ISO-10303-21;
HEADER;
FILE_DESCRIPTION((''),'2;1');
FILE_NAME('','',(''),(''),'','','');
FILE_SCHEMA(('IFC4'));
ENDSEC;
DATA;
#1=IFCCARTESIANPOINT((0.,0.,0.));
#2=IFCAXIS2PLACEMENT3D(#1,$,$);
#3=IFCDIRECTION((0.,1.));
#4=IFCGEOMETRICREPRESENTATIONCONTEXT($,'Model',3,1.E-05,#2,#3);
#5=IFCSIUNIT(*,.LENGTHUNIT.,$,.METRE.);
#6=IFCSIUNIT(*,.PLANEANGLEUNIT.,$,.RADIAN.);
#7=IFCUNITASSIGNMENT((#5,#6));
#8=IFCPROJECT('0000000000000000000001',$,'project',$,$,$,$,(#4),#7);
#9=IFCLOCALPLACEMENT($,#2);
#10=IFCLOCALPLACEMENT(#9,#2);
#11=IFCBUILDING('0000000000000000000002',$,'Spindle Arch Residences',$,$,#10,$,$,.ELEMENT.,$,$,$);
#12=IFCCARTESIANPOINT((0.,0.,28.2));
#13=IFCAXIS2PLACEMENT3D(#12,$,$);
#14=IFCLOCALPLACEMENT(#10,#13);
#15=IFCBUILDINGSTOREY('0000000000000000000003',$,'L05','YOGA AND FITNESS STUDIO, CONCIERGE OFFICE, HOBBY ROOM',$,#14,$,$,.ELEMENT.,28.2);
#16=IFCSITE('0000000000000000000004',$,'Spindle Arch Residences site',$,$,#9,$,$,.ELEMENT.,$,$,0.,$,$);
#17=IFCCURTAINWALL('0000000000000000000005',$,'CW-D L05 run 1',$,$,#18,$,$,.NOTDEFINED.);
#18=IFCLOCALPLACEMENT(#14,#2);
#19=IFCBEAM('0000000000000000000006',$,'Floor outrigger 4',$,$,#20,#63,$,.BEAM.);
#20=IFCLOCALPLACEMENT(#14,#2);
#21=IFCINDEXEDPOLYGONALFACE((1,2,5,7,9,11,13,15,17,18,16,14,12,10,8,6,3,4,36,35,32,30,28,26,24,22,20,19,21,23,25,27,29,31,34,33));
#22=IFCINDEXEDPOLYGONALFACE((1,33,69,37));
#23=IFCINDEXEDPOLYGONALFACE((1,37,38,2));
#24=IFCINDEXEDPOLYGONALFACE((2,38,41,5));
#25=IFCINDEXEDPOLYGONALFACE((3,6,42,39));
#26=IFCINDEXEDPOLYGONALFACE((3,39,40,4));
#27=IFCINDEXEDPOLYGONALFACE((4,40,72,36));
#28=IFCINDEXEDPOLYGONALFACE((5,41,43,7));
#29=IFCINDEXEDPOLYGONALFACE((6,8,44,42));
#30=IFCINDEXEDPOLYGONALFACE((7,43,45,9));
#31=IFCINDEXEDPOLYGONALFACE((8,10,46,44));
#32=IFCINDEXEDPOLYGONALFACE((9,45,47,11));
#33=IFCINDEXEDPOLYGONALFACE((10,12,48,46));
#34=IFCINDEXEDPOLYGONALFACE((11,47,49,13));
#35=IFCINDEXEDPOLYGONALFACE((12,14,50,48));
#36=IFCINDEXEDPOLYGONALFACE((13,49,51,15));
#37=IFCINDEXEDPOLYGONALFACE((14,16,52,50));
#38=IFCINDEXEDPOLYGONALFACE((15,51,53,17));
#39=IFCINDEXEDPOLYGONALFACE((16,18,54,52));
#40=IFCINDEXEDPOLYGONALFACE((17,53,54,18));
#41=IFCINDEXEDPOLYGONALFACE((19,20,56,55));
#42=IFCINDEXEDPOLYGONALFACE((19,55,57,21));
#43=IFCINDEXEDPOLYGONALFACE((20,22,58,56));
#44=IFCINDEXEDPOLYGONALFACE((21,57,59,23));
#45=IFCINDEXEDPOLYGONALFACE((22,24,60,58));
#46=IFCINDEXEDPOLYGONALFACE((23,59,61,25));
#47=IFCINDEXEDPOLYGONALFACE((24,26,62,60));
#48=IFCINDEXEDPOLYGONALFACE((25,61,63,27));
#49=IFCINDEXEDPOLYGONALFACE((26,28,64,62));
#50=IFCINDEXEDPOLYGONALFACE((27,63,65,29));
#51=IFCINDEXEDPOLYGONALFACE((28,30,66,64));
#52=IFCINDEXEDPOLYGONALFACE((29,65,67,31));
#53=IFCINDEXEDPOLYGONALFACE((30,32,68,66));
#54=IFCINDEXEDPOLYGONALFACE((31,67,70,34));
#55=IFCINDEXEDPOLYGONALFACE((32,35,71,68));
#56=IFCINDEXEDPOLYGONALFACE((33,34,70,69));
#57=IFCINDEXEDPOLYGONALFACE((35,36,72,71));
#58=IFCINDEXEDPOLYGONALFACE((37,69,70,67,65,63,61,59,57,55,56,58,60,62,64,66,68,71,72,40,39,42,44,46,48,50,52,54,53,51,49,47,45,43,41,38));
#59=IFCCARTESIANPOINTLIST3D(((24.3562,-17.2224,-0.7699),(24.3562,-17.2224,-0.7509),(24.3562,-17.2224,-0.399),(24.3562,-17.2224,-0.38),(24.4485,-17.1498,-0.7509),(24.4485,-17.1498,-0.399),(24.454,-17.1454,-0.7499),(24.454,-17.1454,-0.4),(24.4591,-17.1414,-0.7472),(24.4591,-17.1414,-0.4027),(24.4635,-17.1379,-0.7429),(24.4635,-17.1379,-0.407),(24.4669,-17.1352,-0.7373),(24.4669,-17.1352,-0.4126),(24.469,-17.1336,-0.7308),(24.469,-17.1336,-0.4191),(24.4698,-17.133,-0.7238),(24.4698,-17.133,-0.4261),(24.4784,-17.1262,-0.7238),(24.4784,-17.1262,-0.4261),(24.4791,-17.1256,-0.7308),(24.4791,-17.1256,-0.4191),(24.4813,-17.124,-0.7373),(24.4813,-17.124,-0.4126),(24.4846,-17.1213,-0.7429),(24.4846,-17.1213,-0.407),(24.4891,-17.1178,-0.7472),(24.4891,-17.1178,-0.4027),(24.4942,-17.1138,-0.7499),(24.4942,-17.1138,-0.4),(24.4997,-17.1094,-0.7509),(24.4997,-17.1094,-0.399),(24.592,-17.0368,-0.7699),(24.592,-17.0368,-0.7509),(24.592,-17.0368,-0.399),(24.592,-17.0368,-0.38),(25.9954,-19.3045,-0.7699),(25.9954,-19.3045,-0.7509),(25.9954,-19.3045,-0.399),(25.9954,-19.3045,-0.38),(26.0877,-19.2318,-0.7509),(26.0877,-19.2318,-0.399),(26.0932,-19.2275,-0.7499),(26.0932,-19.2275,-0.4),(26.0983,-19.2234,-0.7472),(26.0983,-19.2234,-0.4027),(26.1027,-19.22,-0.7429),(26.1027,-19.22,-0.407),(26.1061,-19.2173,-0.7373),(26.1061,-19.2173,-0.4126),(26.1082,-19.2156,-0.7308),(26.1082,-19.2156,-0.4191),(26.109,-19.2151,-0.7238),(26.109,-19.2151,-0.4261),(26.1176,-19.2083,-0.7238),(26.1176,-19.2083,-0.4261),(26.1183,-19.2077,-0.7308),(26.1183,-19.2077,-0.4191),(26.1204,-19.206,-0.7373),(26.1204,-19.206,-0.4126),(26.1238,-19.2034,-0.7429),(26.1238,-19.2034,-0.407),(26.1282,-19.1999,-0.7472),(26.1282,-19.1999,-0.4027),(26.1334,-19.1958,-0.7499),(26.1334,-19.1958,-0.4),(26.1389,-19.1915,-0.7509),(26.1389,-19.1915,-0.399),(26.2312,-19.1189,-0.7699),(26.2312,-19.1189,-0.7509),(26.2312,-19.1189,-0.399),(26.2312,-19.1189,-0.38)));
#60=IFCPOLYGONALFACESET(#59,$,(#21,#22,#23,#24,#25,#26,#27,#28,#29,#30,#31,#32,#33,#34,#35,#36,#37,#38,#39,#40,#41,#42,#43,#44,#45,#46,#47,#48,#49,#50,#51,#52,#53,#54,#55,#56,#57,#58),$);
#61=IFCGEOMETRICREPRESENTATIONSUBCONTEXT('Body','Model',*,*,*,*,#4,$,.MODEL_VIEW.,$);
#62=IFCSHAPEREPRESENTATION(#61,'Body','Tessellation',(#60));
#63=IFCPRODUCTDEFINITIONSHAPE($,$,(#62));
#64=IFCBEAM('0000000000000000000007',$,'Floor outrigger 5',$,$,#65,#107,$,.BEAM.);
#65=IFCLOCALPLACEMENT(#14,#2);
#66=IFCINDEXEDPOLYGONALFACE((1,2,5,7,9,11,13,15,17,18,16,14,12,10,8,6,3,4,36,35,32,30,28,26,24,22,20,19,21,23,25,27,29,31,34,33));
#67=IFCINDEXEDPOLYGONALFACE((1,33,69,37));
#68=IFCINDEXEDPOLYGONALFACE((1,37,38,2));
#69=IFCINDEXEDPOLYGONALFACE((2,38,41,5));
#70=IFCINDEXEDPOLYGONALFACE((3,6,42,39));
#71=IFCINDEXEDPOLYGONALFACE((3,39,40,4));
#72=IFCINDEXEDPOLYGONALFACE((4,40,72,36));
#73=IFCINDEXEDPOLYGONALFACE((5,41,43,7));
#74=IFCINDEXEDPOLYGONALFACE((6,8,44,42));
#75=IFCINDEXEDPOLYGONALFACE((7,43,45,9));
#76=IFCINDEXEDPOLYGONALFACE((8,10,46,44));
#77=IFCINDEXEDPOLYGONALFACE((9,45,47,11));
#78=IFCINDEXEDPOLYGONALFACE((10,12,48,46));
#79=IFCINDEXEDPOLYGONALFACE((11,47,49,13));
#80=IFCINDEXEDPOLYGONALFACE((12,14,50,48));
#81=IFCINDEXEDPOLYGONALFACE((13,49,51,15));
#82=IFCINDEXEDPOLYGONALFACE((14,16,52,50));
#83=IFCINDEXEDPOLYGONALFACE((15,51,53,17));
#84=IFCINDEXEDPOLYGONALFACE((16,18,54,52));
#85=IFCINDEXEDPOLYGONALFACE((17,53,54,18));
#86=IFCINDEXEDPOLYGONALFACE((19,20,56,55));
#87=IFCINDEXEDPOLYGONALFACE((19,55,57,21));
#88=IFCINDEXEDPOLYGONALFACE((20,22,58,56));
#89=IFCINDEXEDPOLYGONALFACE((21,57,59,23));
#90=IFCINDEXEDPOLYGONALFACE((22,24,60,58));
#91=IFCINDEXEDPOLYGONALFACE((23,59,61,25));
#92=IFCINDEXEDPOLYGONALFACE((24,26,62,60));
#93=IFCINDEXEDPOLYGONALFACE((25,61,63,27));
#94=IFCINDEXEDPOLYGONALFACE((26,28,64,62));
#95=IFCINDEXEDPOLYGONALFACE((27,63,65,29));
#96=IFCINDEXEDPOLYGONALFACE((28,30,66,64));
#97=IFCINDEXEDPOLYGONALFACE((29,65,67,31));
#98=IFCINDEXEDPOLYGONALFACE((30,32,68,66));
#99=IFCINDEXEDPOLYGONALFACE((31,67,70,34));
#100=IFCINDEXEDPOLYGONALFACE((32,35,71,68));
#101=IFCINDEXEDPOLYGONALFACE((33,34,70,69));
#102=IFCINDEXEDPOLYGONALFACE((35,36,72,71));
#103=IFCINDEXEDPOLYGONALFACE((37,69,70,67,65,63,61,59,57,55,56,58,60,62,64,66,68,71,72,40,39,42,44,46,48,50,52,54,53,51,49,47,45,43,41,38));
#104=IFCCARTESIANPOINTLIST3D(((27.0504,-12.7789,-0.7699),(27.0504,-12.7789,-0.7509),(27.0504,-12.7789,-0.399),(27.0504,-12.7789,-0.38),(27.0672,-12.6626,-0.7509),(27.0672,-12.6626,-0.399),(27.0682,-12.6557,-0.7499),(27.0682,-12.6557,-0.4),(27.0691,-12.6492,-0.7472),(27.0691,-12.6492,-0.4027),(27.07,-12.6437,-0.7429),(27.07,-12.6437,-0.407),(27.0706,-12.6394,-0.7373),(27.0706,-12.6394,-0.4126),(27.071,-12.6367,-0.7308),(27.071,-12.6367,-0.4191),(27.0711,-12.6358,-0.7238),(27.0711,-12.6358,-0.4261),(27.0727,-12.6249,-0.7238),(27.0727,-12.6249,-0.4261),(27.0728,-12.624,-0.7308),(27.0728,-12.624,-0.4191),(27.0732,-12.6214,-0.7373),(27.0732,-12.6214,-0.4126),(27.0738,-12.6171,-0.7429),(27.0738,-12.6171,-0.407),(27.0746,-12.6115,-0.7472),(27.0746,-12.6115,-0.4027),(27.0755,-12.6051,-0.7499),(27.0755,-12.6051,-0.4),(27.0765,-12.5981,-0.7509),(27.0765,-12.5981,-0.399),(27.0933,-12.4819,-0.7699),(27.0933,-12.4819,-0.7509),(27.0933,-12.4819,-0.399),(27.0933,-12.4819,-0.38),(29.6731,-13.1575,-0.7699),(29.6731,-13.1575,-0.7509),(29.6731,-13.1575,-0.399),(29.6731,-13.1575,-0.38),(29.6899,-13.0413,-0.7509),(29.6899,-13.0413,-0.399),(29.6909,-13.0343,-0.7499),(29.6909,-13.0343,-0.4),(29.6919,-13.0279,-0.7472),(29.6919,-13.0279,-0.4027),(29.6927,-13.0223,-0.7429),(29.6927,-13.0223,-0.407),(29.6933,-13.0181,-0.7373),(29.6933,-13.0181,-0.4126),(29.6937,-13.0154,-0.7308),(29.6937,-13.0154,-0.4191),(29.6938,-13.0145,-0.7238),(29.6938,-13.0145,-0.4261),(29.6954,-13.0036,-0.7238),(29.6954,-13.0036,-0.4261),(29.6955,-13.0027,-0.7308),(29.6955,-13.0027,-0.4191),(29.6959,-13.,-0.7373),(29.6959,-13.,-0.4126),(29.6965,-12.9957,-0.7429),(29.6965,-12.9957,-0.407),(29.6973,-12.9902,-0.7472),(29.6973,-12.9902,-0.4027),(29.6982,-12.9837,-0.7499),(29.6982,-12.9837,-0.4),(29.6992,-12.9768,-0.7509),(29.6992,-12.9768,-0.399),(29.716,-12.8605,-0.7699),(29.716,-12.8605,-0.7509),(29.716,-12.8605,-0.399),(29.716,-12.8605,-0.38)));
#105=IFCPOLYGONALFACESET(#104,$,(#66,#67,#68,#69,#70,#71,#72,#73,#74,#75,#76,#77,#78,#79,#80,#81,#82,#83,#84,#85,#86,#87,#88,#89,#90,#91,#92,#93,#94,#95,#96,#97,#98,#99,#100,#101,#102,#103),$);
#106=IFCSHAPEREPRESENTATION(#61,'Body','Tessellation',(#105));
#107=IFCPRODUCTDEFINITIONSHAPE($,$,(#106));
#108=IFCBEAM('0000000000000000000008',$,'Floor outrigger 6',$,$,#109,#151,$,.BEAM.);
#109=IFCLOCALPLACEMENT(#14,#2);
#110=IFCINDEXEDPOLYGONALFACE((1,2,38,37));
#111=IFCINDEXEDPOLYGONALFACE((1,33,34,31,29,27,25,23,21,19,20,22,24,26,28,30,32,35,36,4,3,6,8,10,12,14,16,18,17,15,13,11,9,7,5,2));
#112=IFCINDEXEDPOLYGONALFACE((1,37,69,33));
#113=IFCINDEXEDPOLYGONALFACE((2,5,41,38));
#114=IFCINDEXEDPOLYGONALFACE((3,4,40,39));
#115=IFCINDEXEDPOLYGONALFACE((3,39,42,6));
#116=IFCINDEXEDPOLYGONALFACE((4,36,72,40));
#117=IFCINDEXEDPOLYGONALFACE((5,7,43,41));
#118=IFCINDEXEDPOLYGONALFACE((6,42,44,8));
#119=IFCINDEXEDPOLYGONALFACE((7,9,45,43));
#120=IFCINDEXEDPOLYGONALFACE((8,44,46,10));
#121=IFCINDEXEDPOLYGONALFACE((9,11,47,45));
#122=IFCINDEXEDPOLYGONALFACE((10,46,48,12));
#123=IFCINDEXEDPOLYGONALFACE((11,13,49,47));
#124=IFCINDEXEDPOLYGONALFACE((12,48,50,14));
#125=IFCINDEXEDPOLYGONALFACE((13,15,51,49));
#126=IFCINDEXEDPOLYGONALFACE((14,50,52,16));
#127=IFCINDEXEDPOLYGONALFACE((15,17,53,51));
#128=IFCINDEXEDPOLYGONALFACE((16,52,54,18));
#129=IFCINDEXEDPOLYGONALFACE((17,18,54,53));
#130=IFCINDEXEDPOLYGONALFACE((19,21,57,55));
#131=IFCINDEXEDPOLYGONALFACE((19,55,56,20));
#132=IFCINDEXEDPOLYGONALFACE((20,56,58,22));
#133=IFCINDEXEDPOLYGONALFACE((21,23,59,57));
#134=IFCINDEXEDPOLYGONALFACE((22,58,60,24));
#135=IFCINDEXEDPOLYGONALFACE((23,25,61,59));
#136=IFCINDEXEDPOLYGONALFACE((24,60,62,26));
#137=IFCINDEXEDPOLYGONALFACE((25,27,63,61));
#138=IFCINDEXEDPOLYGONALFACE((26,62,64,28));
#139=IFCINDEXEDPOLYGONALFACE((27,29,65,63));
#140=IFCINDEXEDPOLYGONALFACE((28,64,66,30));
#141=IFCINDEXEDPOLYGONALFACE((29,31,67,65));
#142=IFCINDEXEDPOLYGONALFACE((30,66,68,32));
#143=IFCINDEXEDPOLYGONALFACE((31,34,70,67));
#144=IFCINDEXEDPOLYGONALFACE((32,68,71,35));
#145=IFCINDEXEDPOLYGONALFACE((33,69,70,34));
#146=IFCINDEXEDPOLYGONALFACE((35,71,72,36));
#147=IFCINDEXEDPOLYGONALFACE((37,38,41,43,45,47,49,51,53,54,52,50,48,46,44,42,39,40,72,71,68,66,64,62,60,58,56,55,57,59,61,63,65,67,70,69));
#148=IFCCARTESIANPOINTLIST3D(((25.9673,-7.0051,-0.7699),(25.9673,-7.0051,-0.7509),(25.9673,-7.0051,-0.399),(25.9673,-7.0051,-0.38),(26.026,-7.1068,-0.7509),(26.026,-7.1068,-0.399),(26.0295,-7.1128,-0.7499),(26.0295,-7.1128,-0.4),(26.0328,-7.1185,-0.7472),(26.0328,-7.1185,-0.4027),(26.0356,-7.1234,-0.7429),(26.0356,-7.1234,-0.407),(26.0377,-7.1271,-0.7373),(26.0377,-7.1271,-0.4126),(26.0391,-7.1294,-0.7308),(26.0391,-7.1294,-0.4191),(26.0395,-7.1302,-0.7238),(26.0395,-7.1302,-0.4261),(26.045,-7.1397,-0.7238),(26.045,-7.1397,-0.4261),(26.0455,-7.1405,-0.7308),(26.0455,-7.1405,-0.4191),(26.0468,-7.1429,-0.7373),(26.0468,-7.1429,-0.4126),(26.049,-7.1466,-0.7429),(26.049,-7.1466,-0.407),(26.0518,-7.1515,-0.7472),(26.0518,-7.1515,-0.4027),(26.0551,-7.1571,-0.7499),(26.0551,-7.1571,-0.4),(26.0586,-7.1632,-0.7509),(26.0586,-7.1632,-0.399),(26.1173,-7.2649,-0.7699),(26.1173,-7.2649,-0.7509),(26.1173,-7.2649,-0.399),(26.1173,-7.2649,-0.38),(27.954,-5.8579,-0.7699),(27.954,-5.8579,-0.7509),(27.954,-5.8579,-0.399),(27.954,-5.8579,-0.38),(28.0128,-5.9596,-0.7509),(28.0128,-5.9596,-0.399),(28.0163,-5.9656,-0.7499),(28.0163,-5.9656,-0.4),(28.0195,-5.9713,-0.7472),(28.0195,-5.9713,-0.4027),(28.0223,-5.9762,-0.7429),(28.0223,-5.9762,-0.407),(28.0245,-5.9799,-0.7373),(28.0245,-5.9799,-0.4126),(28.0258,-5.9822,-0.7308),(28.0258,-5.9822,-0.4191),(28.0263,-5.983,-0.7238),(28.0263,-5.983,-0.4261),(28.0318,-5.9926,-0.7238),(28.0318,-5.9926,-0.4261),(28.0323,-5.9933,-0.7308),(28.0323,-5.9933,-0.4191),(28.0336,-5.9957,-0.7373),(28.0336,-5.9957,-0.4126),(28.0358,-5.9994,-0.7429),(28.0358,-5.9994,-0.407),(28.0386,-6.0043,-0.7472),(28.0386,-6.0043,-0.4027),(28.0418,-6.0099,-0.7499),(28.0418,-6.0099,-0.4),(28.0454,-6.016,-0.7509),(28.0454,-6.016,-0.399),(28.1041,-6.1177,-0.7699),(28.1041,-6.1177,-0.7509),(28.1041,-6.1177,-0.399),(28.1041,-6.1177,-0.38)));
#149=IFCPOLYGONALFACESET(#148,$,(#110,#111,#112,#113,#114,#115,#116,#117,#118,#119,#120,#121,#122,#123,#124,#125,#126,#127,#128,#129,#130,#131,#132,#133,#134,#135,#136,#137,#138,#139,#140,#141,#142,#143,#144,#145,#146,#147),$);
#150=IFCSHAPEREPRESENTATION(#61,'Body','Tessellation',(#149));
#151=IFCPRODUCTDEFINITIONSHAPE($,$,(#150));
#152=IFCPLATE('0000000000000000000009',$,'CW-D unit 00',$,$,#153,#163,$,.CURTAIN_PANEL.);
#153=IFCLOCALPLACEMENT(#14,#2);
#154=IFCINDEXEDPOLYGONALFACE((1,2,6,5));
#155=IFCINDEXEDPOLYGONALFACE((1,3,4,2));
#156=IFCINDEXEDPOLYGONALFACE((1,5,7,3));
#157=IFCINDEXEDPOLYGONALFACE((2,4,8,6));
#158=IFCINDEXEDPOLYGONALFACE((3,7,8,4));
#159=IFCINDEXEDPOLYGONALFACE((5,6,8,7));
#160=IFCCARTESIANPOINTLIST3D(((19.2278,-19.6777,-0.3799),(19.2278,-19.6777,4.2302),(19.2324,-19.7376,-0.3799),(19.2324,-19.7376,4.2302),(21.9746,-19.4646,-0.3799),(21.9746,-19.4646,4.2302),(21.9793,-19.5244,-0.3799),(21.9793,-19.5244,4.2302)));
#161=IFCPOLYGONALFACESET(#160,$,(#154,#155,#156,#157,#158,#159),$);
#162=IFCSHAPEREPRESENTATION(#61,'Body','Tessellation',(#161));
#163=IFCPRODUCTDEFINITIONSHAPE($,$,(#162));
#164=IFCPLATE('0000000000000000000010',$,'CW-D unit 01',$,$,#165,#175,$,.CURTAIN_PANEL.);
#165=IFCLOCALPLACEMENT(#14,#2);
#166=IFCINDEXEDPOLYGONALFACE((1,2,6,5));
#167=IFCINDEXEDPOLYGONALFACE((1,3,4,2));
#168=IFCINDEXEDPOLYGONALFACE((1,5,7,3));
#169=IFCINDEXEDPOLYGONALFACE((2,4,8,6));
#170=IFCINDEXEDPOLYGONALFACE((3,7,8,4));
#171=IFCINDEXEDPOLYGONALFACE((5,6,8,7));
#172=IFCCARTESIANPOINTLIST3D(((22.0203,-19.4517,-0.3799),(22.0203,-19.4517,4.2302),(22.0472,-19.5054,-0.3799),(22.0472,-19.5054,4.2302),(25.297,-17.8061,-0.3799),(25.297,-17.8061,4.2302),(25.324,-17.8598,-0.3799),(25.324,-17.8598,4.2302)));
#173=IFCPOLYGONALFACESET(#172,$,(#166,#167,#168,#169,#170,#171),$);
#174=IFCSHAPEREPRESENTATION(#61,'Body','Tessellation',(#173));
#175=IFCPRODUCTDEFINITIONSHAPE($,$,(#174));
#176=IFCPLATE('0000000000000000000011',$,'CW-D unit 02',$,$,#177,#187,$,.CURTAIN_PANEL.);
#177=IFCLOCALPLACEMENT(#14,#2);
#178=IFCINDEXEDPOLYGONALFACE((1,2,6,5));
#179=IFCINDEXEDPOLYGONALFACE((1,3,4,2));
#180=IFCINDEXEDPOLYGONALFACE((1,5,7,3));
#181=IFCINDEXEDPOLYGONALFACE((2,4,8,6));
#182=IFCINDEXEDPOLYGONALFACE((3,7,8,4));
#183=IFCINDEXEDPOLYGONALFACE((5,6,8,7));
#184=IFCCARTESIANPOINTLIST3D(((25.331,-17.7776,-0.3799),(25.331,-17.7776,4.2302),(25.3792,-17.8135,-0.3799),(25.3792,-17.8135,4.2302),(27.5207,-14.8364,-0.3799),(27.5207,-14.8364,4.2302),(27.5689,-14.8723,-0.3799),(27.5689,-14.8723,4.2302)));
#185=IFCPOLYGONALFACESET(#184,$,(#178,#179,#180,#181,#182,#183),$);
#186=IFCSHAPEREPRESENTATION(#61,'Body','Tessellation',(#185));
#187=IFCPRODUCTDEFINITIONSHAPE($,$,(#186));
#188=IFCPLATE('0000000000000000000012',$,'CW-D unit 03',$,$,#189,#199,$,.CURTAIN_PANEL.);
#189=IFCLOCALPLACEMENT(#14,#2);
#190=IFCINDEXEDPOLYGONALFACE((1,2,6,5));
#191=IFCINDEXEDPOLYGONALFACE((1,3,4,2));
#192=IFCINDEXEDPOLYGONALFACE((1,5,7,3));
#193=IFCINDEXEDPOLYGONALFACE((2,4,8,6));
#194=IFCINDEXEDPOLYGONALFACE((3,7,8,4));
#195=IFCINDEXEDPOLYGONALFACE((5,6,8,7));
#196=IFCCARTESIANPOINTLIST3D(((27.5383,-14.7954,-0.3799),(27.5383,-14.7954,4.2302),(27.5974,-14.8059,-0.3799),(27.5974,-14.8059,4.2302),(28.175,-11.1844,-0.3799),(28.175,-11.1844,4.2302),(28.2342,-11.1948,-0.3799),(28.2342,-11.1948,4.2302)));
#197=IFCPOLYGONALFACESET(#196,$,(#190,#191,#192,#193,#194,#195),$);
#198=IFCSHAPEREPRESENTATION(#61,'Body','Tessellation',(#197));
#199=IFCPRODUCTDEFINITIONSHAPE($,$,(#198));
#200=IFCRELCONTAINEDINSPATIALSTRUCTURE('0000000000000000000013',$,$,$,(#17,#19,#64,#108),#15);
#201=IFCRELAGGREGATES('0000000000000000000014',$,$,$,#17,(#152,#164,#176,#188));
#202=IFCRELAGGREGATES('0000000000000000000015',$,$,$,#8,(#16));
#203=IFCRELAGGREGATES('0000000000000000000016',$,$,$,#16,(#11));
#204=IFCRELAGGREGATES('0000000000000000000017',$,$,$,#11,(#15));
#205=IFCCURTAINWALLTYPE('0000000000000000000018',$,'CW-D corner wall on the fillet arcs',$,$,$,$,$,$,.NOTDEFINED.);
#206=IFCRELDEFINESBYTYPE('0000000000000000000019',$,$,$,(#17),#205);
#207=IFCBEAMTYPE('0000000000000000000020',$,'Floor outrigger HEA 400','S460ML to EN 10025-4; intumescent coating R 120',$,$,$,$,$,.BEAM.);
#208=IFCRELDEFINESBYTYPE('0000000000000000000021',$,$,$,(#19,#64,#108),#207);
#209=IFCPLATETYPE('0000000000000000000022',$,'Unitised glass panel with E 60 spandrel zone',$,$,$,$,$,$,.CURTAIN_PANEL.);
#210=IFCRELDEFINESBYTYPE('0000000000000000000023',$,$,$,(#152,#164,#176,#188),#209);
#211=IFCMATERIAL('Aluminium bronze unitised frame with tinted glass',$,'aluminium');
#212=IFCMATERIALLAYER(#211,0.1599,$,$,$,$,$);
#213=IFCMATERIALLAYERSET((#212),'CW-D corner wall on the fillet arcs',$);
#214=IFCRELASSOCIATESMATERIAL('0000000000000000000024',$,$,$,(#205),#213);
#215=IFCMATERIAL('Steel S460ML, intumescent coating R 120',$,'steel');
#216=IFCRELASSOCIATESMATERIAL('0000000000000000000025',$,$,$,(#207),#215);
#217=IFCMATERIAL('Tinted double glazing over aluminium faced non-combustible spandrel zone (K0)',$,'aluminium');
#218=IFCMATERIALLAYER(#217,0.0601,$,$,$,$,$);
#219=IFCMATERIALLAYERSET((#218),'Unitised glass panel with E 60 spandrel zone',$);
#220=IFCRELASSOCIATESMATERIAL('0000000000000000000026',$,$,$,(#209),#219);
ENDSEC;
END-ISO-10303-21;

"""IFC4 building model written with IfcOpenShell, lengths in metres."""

from ifc_helpers import new_model, si_unit, direction, frame, origin, origin_2d, place, context, subcontext, project, spatial, rectangle, i_section, extrude, material, layer, layer_set, material_profile, profile_set, type_object, element, aggregate, save


model = new_model("IFC4")

# Units and contexts
model_context = context("Model", 3, precision=1e-05, world=origin(), true_north=direction((0.0, 1.0)))
body_context = subcontext(model_context, "Body", "Model", "MODEL_VIEW")
ifc_project = project(units=[si_unit("LENGTHUNIT", "METRE"), si_unit("PLANEANGLEUNIT", "RADIAN")], contexts=[model_context])

# Site, building, storey
site_placement = place(None, origin())
site = spatial("IfcSite", under=ifc_project, at=site_placement, Name="Spindle Arch Residences site", CompositionType="ELEMENT", RefElevation=0.0)
building_placement = place(site_placement, origin())
building = spatial("IfcBuilding", under=site, at=building_placement, Name="Spindle Arch Residences", CompositionType="ELEMENT")
storey_placement = place(building_placement, frame((0.0, 0.0, 28.2)))
storey = spatial("IfcBuildingStorey", under=building, at=storey_placement, Name="L05", Description="YOGA AND FITNESS STUDIO, CONCIERGE OFFICE, HOBBY ROOM", CompositionType="ELEMENT", Elevation=28.2)

# Curtain wall
ifc_material_1 = material(Name="Aluminium bronze unitised frame with tinted glass", Category="aluminium")
ifc_layer_1 = layer(ifc_material_1, 0.1599)
ifc_layer_set_1 = layer_set([ifc_layer_1], Name="CW-D corner wall on the fillet arcs")
curtain_wall_type_1 = type_object("IfcCurtainWallType", Name="CW-D corner wall on the fillet arcs", PredefinedType="NOTDEFINED", material=ifc_layer_set_1)
curtain_wall_1_placement = place(storey_placement, origin())
curtain_wall_1 = element("IfcCurtainWall", 1, at=curtain_wall_1_placement, inside=storey, type_object=curtain_wall_type_1, Name="CW-D L05 run 1", PredefinedType="NOTDEFINED")

# Beams
ifc_material_2 = material(Name="Steel S460ML, intumescent coating R 120", Category="steel")
ifc_material_profile_1 = material_profile(ifc_material_2, i_section(OverallWidth=0.3, OverallDepth=0.3899, WebThickness=0.011, FlangeThickness=0.019, FilletRadius=0.0271, at=origin_2d()), Name="HEA 400")
ifc_profile_set_1 = profile_set([ifc_material_profile_1], Name="Steel S460ML, intumescent coating R 120")
beam_type_1 = type_object("IfcBeamType", Name="Floor outrigger HEA 400", Description="S460ML to EN 10025-4; intumescent coating R 120", PredefinedType="BEAM", material=ifc_profile_set_1)
for number, where, z_axis, x_axis, name in (
    (2, (26.1133, -19.2117, -0.575), (-0.618586, 0.785717, 0.0), (-0.785717, -0.618586, 0.0), "Floor outrigger 4"),
    (3, (29.6946, -13.009, -0.575), (-0.989738, 0.142892, 0.0), (-0.142892, -0.989738, 0.0), "Floor outrigger 5"),
):
    element("IfcBeam", number, at=place(storey_placement, frame(where, z_axis=z_axis, x_axis=x_axis)), inside=storey, type_object=beam_type_1, Name=name, PredefinedType="BEAM", context=body_context, shape_type="SweptSolid", body=[
        extrude(i_section(OverallWidth=0.3, OverallDepth=0.3899, WebThickness=0.011, FlangeThickness=0.019, FilletRadius=0.0271, at=origin_2d()), origin(), (0.0, 0.0, 1.0), 2.6499),
    ])
beam_1_placement = place(storey_placement, frame((28.0291, -5.9878, -0.575), z_axis=(-0.866001, -0.500042, 0.0), x_axis=(0.500042, -0.866001, 0.0)))
element("IfcBeam", 4, at=beam_1_placement, inside=storey, type_object=beam_type_1, Name="Floor outrigger 6", PredefinedType="BEAM", context=body_context, shape_type="SweptSolid", body=[
    extrude(i_section(OverallWidth=0.3, OverallDepth=0.3899, WebThickness=0.011, FlangeThickness=0.019, FilletRadius=0.0271, at=origin_2d()), origin(), (0.0, 0.0, 1.0), 2.2942),
])

# Plates
ifc_material_3 = material(Name="Tinted double glazing over aluminium faced non-combustible spandrel zone (K0)", Category="aluminium")
ifc_layer_2 = layer(ifc_material_3, 0.0601)
ifc_layer_set_2 = layer_set([ifc_layer_2], Name="Unitised glass panel with E 60 spandrel zone")
plate_type = type_object("IfcPlateType", Name="Unitised glass panel with E 60 spandrel zone", PredefinedType="CURTAIN_PANEL", material=ifc_layer_set_2)
plate_1_placement = place(storey_placement, frame((20.6035, -19.6011, -0.3799), z_axis=(0.0, 0.0, 1.0), x_axis=(0.997003, 0.077364, 0.0)))
plate_1 = element("IfcPlate", 5, at=plate_1_placement, type_object=plate_type, Name="CW-D unit 00", PredefinedType="CURTAIN_PANEL", context=body_context, shape_type="SweptSolid", body=[
    extrude(rectangle(XDim=2.7551, YDim=0.0601, at=origin_2d()), origin(), (0.0, 0.0, 1.0), 4.6101),
])
plate_2_placement = place(storey_placement, frame((23.6721, -18.6558, -0.3799), z_axis=(0.0, 0.0, 1.0), x_axis=(0.893633, 0.448799, 0.0)))
plate_2 = element("IfcPlate", 6, at=plate_2_placement, type_object=plate_type, Name="CW-D unit 01", PredefinedType="CURTAIN_PANEL", context=body_context, shape_type="SweptSolid", body=[
    extrude(rectangle(XDim=3.6667, YDim=0.0601, at=origin_2d()), origin(), (0.0, 0.0, 1.0), 4.6101),
])
plate_3_placement = place(storey_placement, frame((26.45, -16.325, -0.3799), z_axis=(0.0, 0.0, 1.0), x_axis=(0.597159, 0.802123, 0.0)))
plate_3 = element("IfcPlate", 7, at=plate_3_placement, type_object=plate_type, Name="CW-D unit 02", PredefinedType="CURTAIN_PANEL", context=body_context, shape_type="SweptSolid", body=[
    extrude(rectangle(XDim=3.6667, YDim=0.0601, at=origin_2d()), origin(), (0.0, 0.0, 1.0), 4.6101),
])
plate_4_placement = place(storey_placement, frame((27.8862, -12.9951, -0.3799), z_axis=(0.0, 0.0, 1.0), x_axis=(0.173648, 0.984808, 0.0)))
plate_4 = element("IfcPlate", 8, at=plate_4_placement, type_object=plate_type, Name="CW-D unit 03", PredefinedType="CURTAIN_PANEL", context=body_context, shape_type="SweptSolid", body=[
    extrude(rectangle(XDim=3.6667, YDim=0.0601, at=origin_2d()), origin(), (0.0, 0.0, 1.0), 4.6101),
])
aggregate(curtain_wall_1, [plate_1, plate_2, plate_3, plate_4])

save(model, "model.ifc")
